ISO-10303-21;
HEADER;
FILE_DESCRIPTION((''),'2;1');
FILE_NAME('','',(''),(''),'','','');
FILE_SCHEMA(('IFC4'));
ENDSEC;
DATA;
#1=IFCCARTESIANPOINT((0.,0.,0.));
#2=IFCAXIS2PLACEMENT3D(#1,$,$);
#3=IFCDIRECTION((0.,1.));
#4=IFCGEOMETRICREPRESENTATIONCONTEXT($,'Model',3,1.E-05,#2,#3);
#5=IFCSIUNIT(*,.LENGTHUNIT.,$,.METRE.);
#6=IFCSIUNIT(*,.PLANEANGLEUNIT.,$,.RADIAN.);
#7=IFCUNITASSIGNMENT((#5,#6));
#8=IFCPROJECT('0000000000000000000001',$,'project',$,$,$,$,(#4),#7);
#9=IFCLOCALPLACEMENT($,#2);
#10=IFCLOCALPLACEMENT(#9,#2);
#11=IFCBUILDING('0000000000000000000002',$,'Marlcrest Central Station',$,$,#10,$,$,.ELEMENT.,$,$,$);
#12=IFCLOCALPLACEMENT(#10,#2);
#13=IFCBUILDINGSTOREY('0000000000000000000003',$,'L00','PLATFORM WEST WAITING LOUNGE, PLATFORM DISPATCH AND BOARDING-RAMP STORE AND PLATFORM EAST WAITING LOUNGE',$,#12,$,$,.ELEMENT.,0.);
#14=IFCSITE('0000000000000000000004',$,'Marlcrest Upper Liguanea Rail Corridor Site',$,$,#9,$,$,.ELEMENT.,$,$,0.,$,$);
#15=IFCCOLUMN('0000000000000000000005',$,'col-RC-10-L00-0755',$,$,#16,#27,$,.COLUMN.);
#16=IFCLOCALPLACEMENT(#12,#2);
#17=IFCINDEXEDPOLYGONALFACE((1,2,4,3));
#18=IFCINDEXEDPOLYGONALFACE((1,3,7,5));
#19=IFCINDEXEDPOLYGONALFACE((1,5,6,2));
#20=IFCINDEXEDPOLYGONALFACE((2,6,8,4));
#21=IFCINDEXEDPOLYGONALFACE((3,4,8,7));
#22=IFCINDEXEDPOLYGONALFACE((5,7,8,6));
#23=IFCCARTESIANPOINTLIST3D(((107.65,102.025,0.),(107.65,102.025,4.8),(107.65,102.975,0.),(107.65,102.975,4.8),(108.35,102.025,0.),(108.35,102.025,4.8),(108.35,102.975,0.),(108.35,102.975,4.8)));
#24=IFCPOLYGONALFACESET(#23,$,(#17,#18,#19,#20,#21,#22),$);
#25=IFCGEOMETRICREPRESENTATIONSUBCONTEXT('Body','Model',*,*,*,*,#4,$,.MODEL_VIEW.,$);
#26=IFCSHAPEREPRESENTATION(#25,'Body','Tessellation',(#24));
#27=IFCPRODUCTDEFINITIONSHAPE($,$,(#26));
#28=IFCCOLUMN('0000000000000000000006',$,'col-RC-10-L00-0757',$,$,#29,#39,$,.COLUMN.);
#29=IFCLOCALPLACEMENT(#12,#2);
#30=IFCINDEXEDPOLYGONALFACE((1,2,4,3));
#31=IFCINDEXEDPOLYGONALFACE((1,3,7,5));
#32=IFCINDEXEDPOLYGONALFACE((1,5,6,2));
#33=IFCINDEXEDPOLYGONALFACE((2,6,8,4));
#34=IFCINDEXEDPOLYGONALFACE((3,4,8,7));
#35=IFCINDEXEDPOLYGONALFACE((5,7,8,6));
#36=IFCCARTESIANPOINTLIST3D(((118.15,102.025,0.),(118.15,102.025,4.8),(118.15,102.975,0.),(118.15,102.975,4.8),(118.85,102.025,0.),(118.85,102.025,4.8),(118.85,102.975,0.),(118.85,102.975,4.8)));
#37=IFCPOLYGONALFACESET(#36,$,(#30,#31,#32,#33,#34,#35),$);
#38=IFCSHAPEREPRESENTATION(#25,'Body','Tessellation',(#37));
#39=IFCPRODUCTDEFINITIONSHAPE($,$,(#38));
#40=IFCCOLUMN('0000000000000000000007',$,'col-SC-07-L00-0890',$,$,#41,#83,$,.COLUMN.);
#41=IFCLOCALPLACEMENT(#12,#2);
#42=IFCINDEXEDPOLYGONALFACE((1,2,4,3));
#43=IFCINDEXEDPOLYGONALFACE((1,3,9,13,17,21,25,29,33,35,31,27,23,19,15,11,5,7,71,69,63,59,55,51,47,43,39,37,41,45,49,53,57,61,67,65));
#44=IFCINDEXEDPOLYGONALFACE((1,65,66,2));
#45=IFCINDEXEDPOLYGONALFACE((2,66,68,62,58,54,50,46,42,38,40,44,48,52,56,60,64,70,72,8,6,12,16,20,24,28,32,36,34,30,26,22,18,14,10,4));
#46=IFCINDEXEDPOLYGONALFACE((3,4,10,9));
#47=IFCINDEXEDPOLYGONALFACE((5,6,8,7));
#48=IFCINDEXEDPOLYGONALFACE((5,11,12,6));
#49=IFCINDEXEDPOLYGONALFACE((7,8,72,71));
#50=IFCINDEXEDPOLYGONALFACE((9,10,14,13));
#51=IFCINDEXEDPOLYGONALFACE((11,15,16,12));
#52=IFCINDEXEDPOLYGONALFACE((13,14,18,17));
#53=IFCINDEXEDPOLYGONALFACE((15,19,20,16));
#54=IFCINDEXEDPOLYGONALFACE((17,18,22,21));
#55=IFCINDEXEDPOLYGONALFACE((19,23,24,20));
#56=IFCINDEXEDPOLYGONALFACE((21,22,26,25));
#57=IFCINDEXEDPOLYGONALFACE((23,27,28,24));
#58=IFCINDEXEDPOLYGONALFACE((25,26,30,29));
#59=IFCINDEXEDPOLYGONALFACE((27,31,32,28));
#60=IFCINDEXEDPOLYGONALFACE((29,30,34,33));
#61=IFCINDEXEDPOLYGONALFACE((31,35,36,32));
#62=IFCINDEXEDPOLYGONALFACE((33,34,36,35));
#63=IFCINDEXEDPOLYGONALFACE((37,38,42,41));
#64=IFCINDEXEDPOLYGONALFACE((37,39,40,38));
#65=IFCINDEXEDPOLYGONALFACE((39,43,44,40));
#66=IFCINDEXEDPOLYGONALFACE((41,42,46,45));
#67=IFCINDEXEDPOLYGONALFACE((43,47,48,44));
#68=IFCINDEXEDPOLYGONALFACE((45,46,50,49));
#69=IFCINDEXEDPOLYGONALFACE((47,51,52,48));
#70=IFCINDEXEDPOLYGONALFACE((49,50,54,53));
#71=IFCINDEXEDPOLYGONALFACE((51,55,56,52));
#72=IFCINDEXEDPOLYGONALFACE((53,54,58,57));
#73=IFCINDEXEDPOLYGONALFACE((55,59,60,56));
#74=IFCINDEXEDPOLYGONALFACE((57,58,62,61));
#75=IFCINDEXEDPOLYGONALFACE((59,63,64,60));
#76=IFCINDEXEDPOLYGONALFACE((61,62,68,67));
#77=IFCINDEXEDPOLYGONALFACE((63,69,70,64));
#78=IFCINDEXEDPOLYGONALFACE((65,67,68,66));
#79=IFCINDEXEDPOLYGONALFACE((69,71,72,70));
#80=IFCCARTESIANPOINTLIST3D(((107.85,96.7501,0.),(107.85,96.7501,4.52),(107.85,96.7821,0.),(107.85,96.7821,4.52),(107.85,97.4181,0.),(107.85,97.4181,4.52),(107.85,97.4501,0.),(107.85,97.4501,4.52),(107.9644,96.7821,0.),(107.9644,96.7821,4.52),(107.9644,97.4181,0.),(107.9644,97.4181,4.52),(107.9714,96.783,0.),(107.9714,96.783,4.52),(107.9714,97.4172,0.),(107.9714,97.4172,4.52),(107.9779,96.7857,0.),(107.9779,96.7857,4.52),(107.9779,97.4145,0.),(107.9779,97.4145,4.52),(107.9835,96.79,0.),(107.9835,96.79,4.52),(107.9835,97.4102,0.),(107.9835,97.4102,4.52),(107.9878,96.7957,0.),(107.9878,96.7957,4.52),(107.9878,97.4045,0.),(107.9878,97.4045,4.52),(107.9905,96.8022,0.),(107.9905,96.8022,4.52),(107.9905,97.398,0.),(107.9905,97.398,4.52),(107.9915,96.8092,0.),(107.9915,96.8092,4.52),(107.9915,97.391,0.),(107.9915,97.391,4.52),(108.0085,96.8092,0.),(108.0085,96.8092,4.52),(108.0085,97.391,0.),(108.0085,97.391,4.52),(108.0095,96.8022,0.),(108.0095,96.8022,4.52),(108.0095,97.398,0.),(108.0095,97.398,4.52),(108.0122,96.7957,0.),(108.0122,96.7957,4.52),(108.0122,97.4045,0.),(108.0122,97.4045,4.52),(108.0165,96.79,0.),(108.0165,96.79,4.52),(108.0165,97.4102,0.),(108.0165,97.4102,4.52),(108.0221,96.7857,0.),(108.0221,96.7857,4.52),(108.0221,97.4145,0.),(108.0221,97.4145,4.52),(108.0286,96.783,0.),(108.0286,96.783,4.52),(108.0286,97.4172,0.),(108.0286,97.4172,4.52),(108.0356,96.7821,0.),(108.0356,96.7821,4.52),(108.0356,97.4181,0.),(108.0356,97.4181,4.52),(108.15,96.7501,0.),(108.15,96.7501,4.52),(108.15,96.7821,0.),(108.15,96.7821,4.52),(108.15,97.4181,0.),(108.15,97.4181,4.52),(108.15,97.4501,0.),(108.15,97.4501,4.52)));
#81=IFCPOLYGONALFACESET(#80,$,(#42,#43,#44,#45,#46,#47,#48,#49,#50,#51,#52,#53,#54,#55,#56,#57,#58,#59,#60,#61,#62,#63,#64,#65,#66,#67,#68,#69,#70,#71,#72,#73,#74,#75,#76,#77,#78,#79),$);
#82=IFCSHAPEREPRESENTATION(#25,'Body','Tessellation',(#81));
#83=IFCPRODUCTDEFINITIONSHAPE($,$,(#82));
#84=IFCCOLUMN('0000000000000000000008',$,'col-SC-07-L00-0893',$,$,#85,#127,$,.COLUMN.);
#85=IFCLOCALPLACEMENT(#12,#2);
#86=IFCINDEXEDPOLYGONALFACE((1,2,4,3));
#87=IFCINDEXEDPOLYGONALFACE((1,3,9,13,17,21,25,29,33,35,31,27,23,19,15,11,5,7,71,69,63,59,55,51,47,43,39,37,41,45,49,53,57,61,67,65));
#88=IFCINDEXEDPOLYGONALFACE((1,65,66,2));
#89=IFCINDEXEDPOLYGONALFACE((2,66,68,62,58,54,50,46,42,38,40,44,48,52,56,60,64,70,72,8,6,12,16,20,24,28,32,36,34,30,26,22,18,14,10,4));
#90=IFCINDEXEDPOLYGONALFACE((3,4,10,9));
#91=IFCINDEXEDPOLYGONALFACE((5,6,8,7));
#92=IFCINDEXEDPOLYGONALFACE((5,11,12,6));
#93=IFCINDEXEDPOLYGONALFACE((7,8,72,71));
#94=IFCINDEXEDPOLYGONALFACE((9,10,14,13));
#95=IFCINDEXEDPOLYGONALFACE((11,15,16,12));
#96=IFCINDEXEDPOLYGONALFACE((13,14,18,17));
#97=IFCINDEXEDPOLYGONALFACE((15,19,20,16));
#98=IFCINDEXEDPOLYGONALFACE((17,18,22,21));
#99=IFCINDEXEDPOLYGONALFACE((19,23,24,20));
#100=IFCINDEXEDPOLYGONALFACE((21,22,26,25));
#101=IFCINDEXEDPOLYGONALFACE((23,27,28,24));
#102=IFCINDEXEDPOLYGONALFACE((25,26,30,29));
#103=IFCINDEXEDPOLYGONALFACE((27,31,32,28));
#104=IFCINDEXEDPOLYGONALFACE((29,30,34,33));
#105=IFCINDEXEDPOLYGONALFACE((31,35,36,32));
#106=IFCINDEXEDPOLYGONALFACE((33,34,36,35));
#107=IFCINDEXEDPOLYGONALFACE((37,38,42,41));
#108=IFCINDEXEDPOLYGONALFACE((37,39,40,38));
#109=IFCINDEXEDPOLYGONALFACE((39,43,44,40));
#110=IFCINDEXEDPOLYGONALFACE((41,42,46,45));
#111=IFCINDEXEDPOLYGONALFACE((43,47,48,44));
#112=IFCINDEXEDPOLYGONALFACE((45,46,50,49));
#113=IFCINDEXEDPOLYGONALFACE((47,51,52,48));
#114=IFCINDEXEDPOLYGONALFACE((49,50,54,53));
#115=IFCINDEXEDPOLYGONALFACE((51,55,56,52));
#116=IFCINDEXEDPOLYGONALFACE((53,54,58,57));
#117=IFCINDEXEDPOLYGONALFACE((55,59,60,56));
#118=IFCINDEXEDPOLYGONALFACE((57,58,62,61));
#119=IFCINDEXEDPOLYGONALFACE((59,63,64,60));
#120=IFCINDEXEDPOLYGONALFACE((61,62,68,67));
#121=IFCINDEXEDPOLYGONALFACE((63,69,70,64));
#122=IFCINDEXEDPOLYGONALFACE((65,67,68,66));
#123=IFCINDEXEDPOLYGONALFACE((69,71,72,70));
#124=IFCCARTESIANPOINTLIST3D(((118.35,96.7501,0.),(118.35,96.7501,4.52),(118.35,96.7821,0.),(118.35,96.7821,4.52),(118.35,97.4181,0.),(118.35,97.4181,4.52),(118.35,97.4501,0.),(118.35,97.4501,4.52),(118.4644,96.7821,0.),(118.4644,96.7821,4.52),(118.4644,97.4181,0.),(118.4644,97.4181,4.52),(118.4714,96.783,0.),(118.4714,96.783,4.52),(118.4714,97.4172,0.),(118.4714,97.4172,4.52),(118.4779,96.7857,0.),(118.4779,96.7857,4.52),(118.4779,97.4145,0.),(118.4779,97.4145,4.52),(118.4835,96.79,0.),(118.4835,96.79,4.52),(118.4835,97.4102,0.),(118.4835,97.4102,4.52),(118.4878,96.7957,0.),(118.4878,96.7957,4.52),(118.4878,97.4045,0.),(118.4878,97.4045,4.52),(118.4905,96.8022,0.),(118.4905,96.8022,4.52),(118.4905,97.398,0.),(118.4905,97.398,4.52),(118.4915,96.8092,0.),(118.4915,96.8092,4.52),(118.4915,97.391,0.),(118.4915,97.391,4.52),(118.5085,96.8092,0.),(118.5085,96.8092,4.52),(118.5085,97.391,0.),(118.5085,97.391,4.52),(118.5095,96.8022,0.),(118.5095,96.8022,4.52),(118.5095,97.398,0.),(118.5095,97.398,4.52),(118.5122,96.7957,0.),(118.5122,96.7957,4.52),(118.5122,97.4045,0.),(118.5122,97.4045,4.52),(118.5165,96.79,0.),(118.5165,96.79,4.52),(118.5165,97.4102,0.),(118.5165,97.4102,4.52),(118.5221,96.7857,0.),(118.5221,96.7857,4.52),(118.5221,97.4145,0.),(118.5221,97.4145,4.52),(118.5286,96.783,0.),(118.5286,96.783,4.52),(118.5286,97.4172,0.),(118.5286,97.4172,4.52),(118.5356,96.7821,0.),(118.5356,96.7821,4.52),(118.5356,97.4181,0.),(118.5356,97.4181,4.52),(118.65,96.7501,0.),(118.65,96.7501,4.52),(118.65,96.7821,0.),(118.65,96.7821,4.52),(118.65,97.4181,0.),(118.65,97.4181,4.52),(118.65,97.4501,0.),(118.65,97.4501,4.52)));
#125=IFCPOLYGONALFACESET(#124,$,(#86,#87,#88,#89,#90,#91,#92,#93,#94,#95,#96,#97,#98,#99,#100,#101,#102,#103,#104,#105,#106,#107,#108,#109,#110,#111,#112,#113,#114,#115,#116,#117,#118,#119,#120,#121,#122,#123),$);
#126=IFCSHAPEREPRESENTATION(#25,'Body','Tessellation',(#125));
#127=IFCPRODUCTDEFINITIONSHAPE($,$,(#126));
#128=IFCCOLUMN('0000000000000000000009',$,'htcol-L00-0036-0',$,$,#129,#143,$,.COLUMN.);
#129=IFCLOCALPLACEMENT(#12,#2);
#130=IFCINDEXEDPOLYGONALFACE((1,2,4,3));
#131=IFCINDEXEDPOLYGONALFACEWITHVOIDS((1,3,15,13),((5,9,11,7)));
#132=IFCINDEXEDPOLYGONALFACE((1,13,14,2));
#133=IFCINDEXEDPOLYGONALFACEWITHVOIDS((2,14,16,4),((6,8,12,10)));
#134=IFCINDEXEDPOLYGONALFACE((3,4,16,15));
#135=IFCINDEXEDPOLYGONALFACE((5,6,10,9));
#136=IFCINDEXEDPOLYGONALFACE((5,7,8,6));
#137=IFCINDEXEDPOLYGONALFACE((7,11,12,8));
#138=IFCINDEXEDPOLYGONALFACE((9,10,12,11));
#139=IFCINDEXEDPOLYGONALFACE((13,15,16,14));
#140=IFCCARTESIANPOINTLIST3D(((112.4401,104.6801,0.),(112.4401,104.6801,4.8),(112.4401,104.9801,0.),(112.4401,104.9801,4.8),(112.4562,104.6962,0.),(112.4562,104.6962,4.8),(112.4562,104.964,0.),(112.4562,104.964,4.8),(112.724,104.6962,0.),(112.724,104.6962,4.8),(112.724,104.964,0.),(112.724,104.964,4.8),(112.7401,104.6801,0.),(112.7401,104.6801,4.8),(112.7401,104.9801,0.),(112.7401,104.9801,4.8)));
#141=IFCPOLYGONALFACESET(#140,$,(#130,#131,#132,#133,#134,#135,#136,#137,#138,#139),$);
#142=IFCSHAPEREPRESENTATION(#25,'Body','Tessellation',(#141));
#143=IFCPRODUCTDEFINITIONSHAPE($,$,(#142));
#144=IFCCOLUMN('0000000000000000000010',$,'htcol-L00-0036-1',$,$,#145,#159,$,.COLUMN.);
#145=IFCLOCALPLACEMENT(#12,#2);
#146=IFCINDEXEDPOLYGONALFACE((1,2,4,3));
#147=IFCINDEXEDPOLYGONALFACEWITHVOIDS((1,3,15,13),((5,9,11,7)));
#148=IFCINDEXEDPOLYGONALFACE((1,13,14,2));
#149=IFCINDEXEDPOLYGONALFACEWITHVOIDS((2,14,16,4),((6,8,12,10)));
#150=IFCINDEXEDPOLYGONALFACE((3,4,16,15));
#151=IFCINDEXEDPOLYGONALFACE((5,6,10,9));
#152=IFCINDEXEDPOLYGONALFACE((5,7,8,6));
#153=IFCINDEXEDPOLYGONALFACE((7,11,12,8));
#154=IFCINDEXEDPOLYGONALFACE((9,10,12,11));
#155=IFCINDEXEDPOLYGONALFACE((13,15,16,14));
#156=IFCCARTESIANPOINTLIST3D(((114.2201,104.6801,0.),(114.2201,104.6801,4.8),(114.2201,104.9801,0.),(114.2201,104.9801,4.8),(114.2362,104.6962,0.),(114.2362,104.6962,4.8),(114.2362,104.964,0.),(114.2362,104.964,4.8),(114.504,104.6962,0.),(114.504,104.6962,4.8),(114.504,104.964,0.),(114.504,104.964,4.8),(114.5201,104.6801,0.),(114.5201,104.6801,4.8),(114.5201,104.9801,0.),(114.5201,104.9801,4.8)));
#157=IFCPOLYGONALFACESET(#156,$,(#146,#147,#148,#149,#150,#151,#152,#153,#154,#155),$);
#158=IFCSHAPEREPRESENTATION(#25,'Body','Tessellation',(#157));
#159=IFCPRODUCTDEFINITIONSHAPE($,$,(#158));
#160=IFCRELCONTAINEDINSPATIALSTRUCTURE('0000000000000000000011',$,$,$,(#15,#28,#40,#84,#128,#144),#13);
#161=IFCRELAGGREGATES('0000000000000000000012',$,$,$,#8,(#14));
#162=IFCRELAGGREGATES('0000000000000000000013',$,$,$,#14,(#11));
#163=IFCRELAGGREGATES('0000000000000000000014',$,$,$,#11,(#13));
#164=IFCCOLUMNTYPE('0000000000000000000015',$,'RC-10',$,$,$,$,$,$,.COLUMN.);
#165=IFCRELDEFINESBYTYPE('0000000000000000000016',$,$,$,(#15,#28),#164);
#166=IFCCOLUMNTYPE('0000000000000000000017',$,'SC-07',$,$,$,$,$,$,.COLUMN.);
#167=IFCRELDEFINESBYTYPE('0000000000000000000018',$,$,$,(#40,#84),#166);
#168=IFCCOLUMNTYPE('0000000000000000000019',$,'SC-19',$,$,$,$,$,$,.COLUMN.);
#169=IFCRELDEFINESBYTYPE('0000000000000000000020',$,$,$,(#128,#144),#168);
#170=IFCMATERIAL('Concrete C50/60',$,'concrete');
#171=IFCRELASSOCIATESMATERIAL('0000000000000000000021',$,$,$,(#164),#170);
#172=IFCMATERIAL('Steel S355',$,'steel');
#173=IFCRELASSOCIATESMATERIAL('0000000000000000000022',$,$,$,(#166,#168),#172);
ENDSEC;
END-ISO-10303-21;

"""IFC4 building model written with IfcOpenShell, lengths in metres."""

from ifc_helpers import new_model, si_unit, direction, frame, origin, origin_2d, place, context, subcontext, project, spatial, rectangle, hollow_rectangle, i_section, extrude, material, material_profile, profile_set, type_object, element, save


model = new_model("IFC4")

# Units and contexts
model_context = context("Model", 3, precision=1e-05, world=origin(), true_north=direction((0.0, 1.0)))
body_context = subcontext(model_context, "Body", "Model", "MODEL_VIEW")
ifc_project = project(units=[si_unit("LENGTHUNIT", "METRE"), si_unit("PLANEANGLEUNIT", "RADIAN")], contexts=[model_context])

# Site, building, storey
site_placement = place(None, origin())
site = spatial("IfcSite", under=ifc_project, at=site_placement, Name="Marlcrest Upper Liguanea Rail Corridor Site", CompositionType="ELEMENT", RefElevation=0.0)
building_placement = place(site_placement, origin())
building = spatial("IfcBuilding", under=site, at=building_placement, Name="Marlcrest Central Station", CompositionType="ELEMENT")
storey_placement = place(building_placement, origin())
storey = spatial("IfcBuildingStorey", under=building, at=storey_placement, Name="L00", Description="PLATFORM WEST WAITING LOUNGE, PLATFORM DISPATCH AND BOARDING-RAMP STORE AND PLATFORM EAST WAITING LOUNGE", CompositionType="ELEMENT", Elevation=0.0)

# Columns
ifc_material_1 = material(Name="Concrete C50/60", Category="concrete")
ifc_material_profile_1 = material_profile(ifc_material_1, rectangle(XDim=0.7, YDim=0.95, at=origin_2d()), Name="RC 700x950")
ifc_profile_set_1 = profile_set([ifc_material_profile_1], Name="Concrete C50/60")
column_type_1 = type_object("IfcColumnType", Name="RC-10", PredefinedType="COLUMN", material=ifc_profile_set_1)
for number, where, z_axis, x_axis, name in (
    (1, (108.0, 102.5, 0.0), (0.0, 0.0, 1.0), (1.0, 0.0, 0.0), "col-RC-10-L00-0755"),
    (2, (118.5, 102.5, 0.0), (0.0, 0.0, 1.0), (1.0, 0.0, 0.0), "col-RC-10-L00-0757"),
):
    element("IfcColumn", number, at=place(storey_placement, frame(where, z_axis=z_axis, x_axis=x_axis)), inside=storey, type_object=column_type_1, Name=name, PredefinedType="COLUMN", context=body_context, shape_type="SweptSolid", body=[
        extrude(rectangle(XDim=0.7, YDim=0.95, at=origin_2d()), origin(), (0.0, 0.0, 1.0), 4.8),
    ])
ifc_material_2 = material(Name="Steel S355", Category="steel")
ifc_material_profile_2 = material_profile(ifc_material_2, i_section(OverallWidth=0.3, OverallDepth=0.7, WebThickness=0.0171, FlangeThickness=0.032, FilletRadius=0.0271, at=origin_2d()), Name="HEB 700")
ifc_profile_set_2 = profile_set([ifc_material_profile_2], Name="Steel S355")
column_type_2 = type_object("IfcColumnType", Name="SC-07", PredefinedType="COLUMN", material=ifc_profile_set_2)
for number, where, z_axis, x_axis, name in (
    (3, (108.0, 97.1001, 0.0), (0.0, 0.0, 1.0), (1.0, 0.0, 0.0), "col-SC-07-L00-0890"),
    (4, (118.5, 97.1001, 0.0), (0.0, 0.0, 1.0), (1.0, 0.0, 0.0), "col-SC-07-L00-0893"),
):
    element("IfcColumn", number, at=place(storey_placement, frame(where, z_axis=z_axis, x_axis=x_axis)), inside=storey, type_object=column_type_2, Name=name, PredefinedType="COLUMN", context=body_context, shape_type="SweptSolid", body=[
        extrude(i_section(OverallWidth=0.3, OverallDepth=0.7, WebThickness=0.0171, FlangeThickness=0.032, FilletRadius=0.0271, at=origin_2d()), origin(), (0.0, 0.0, 1.0), 4.52),
    ])
ifc_material_profile_3 = material_profile(ifc_material_2, hollow_rectangle(XDim=0.3, YDim=0.3, WallThickness=0.0161, at=origin_2d()), Name="SHS 300x300x16")
ifc_profile_set_3 = profile_set([ifc_material_profile_3], Name="Steel S355")
column_type_3 = type_object("IfcColumnType", Name="SC-19", PredefinedType="COLUMN", material=ifc_profile_set_3)
for number, where, z_axis, x_axis, name in (
    (5, (112.5901, 104.8301, 0.0), (0.0, 0.0, 1.0), (1.0, 0.0, 0.0), "htcol-L00-0036-0"),
    (6, (114.3701, 104.8301, 0.0), (0.0, 0.0, 1.0), (1.0, 0.0, 0.0), "htcol-L00-0036-1"),
):
    element("IfcColumn", number, at=place(storey_placement, frame(where, z_axis=z_axis, x_axis=x_axis)), inside=storey, type_object=column_type_3, Name=name, PredefinedType="COLUMN", context=body_context, shape_type="SweptSolid", body=[
        extrude(hollow_rectangle(XDim=0.3, YDim=0.3, WallThickness=0.0161, at=origin_2d()), origin(), (0.0, 0.0, 1.0), 4.8),
    ])

save(model, "model.ifc")
